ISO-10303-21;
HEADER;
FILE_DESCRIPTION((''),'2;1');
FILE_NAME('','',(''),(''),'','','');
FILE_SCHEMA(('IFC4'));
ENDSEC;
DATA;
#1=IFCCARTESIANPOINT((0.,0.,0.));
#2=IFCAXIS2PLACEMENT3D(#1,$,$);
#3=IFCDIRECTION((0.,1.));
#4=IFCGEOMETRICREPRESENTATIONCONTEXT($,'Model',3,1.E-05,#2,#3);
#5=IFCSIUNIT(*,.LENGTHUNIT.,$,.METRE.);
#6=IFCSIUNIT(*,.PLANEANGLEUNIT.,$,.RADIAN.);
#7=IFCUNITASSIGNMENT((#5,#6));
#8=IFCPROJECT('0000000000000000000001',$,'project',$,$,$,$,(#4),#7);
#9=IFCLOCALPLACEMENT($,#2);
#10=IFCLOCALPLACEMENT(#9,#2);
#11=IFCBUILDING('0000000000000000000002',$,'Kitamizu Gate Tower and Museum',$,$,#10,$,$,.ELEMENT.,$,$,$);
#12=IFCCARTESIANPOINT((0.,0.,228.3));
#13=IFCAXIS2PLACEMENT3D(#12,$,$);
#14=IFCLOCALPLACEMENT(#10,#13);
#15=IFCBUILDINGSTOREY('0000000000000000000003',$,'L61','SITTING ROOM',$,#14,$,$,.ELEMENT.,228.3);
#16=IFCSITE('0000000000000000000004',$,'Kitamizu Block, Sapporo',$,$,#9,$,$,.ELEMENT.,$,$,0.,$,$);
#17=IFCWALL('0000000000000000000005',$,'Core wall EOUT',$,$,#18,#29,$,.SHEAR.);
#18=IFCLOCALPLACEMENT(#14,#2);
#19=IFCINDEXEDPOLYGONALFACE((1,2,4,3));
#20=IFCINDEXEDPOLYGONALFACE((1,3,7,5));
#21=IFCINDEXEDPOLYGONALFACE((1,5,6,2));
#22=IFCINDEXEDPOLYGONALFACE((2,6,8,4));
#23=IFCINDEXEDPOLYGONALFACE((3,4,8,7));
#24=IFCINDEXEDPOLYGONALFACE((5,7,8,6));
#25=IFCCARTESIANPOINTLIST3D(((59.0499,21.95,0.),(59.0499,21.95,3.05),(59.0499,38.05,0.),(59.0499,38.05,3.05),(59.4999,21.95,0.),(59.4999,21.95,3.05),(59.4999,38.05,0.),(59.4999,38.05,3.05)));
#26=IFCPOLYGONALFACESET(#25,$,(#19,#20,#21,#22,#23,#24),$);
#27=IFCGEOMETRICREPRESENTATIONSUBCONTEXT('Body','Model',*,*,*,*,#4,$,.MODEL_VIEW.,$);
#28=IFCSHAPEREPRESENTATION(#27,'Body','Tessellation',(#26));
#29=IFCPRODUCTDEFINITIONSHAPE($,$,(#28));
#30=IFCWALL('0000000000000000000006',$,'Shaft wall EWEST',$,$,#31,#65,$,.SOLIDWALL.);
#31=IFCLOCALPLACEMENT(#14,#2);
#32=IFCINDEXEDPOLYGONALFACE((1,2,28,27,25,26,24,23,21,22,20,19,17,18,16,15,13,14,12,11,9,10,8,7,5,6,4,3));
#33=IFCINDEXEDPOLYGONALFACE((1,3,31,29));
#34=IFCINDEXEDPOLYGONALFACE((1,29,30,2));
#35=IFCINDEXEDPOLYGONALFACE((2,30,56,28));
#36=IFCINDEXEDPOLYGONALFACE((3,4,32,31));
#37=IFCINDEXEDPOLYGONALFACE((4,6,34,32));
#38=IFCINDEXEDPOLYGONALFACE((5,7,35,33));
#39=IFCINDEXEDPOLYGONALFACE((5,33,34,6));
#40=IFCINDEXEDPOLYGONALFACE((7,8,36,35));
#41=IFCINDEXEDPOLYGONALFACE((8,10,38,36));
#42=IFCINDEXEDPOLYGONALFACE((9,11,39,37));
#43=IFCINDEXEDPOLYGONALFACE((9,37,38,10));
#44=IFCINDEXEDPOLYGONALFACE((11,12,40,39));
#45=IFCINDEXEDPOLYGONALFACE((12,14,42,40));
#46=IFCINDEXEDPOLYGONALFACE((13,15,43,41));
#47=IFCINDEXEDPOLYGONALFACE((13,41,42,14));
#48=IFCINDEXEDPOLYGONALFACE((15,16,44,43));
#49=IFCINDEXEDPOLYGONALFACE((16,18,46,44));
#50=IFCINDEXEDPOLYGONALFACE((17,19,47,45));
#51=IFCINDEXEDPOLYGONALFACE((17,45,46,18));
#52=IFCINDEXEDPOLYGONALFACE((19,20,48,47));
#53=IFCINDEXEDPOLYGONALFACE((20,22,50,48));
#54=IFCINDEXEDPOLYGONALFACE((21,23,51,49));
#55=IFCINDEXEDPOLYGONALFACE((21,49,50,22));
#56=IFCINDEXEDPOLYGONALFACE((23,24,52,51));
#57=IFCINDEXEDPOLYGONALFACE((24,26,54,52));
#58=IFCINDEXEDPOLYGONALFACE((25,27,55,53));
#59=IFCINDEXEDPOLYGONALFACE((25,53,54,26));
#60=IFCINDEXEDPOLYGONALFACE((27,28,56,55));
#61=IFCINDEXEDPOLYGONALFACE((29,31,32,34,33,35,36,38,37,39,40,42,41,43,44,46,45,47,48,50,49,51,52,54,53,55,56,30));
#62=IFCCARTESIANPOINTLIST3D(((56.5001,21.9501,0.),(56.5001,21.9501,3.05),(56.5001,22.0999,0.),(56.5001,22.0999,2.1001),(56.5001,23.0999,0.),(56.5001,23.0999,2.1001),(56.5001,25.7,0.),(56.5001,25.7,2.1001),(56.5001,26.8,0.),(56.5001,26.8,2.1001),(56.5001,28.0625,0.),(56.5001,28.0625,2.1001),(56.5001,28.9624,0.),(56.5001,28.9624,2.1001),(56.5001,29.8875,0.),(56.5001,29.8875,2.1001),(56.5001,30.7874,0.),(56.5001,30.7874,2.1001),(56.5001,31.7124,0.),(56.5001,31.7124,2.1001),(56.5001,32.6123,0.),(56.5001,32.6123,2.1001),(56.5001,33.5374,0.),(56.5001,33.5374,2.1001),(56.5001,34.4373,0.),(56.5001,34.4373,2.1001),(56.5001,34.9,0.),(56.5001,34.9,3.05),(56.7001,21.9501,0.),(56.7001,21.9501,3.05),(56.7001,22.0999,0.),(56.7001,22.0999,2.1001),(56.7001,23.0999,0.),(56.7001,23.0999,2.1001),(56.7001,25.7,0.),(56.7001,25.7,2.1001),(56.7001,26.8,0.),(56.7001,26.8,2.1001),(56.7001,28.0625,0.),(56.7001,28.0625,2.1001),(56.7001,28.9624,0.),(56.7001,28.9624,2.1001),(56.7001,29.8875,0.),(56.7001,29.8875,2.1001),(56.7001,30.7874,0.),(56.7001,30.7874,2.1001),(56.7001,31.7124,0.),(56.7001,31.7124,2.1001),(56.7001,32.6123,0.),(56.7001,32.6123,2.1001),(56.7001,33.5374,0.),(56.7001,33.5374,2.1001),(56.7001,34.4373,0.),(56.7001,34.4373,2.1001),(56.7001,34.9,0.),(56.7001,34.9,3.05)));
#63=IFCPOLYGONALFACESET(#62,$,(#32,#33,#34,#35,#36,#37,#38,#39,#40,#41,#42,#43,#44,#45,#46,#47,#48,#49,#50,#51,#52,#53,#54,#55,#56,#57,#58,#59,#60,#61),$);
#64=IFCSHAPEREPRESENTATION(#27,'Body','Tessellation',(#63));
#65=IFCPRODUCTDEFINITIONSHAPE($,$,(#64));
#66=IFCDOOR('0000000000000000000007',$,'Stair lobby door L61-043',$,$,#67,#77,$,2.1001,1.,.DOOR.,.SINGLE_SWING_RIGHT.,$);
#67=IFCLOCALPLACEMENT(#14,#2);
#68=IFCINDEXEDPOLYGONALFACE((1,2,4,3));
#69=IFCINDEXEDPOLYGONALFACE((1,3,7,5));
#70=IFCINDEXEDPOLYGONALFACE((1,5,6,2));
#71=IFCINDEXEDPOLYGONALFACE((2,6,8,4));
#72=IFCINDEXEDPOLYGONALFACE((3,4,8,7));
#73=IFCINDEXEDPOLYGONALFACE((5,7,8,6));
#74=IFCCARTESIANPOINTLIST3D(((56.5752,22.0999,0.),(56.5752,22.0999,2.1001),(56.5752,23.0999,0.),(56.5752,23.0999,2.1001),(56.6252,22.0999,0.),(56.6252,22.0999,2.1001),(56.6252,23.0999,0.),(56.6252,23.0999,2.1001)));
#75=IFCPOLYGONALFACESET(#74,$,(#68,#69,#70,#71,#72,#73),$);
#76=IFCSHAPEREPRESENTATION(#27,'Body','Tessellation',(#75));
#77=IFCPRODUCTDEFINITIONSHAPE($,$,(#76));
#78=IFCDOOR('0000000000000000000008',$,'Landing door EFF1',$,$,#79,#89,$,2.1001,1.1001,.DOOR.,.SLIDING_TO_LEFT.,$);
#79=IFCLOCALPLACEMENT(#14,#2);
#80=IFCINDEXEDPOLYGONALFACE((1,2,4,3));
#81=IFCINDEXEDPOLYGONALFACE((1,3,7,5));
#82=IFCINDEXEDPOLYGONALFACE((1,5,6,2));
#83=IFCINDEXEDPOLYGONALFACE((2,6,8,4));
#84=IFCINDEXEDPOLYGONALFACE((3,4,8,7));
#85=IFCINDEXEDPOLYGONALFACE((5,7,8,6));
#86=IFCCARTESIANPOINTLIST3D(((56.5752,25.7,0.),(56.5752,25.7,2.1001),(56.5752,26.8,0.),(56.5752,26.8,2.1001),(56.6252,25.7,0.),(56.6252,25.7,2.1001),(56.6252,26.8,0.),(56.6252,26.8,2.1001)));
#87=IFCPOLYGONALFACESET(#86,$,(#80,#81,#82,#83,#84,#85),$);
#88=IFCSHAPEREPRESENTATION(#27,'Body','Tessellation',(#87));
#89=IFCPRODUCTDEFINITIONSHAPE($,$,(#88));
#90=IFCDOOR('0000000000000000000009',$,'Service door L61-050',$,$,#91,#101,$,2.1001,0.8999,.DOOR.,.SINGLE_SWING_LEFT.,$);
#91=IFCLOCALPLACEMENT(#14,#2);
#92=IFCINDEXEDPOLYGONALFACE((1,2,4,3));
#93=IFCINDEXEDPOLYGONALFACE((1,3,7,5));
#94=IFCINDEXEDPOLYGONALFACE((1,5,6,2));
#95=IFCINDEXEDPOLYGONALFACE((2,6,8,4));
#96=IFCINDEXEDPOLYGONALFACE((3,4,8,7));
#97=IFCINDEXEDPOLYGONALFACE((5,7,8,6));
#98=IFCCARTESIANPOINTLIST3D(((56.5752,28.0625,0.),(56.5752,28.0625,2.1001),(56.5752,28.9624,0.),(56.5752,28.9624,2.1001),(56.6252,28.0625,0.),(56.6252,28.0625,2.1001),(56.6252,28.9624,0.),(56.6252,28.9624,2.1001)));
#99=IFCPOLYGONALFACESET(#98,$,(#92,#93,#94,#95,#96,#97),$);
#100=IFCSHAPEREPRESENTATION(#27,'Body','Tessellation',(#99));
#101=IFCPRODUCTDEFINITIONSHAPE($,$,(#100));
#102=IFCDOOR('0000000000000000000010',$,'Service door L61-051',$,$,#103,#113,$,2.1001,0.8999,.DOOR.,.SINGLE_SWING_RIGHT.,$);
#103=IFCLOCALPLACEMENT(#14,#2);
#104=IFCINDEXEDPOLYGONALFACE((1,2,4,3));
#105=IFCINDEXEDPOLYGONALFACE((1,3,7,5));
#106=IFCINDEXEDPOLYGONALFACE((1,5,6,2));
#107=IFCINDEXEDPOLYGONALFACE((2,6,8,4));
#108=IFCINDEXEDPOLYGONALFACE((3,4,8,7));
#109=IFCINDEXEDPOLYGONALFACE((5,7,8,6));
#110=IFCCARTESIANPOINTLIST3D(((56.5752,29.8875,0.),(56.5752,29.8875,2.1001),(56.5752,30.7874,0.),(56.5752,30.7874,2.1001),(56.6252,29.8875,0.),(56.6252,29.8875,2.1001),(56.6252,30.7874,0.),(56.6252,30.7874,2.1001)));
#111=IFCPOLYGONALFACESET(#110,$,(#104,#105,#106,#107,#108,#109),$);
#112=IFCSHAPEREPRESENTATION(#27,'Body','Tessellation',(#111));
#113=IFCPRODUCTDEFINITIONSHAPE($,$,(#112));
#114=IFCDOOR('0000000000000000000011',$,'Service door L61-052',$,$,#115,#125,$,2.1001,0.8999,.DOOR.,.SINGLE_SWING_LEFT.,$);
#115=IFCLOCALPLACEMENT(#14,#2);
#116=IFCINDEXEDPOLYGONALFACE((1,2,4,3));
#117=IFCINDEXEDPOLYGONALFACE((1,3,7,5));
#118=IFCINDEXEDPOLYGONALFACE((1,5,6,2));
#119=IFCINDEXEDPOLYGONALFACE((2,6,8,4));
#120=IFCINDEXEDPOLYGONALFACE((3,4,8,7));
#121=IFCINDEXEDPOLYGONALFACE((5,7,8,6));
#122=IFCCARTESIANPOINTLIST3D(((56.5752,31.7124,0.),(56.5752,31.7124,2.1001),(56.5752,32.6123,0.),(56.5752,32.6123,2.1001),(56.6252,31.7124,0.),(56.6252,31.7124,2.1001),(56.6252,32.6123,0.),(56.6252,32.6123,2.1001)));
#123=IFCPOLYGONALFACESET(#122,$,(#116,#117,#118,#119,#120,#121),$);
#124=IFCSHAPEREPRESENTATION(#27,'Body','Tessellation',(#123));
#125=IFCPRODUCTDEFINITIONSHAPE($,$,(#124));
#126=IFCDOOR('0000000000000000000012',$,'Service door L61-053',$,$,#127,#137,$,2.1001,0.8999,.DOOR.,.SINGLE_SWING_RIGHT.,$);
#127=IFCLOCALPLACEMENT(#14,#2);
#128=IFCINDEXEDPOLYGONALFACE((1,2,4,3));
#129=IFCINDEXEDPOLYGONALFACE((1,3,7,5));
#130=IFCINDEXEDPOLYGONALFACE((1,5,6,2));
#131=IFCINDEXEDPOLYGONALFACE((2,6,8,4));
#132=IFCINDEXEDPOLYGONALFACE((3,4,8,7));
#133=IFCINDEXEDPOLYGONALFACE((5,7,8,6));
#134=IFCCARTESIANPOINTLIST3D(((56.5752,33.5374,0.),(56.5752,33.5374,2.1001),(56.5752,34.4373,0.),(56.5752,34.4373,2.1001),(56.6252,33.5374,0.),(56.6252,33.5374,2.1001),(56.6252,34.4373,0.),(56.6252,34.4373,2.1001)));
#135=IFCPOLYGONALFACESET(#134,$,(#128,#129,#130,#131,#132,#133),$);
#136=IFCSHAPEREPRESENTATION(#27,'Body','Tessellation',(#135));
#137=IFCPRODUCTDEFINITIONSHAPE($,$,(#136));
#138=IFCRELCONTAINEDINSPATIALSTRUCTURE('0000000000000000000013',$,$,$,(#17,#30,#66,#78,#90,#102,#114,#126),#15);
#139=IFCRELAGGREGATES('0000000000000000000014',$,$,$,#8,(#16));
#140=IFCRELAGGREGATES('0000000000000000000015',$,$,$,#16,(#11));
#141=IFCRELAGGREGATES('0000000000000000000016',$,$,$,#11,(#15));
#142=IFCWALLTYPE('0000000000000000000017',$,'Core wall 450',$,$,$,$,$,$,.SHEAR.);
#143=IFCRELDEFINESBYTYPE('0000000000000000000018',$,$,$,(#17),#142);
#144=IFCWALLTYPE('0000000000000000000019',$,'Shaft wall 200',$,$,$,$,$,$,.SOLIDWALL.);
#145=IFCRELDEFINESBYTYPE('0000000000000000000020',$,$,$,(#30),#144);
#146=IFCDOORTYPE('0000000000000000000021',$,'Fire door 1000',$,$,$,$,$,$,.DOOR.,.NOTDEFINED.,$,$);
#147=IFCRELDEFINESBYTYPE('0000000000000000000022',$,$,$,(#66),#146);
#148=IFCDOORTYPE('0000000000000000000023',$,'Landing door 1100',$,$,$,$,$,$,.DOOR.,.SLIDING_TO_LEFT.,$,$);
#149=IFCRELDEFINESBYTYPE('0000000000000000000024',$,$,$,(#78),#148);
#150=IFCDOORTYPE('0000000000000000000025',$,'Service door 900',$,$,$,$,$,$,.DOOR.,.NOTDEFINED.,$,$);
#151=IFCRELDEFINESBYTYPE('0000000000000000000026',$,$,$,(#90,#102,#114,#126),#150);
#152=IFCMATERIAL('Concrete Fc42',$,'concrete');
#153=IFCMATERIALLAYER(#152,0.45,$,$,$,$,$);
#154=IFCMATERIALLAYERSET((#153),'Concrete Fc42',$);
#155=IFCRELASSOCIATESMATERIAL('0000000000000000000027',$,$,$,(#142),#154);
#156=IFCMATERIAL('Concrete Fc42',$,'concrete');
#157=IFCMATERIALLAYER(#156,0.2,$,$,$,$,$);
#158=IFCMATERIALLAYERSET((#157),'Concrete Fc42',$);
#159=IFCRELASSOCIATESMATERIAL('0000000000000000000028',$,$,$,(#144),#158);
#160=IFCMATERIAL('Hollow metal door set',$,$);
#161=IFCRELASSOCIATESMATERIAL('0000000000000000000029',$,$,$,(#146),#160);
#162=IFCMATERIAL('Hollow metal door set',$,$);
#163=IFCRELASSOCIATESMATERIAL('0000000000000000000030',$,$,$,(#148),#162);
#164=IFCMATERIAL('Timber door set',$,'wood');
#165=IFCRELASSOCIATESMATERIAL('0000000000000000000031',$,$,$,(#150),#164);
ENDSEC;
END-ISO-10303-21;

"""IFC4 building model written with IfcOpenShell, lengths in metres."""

from ifc_helpers import new_model, si_unit, direction, frame, frame_2d, origin, place, context, subcontext, project, spatial, rectangle, extrude, material, layer, layer_set, type_object, element, fill, save


model = new_model("IFC4")

# Units and contexts
model_context = context("Model", 3, precision=1e-05, world=origin(), true_north=direction((0.0, 1.0)))
body_context = subcontext(model_context, "Body", "Model", "MODEL_VIEW")
ifc_project = project(units=[si_unit("LENGTHUNIT", "METRE"), si_unit("PLANEANGLEUNIT", "RADIAN")], contexts=[model_context])

# Site, building, storey
site_placement = place(None, origin())
site = spatial("IfcSite", under=ifc_project, at=site_placement, Name="Kitamizu Block, Sapporo", CompositionType="ELEMENT", RefElevation=0.0)
building_placement = place(site_placement, origin())
building = spatial("IfcBuilding", under=site, at=building_placement, Name="Kitamizu Gate Tower and Museum", CompositionType="ELEMENT")
storey_placement = place(building_placement, frame((0.0, 0.0, 228.3)))
storey = spatial("IfcBuildingStorey", under=building, at=storey_placement, Name="L61", Description="SITTING ROOM", CompositionType="ELEMENT", Elevation=228.3)

# Wall
ifc_material_1 = material(Name="Concrete Fc42", Category="concrete")
ifc_layer_1 = layer(ifc_material_1, 0.45)
ifc_layer_set_1 = layer_set([ifc_layer_1], Name="Concrete Fc42")
wall_type_1 = type_object("IfcWallType", Name="Core wall 450", PredefinedType="SHEAR", material=ifc_layer_set_1)
wall_1_placement = place(storey_placement, frame((59.2749, 21.95, 0.0), z_axis=(0.0, 0.0, 1.0), x_axis=(0.0, 1.0, 0.0)))
element("IfcWall", 1, at=wall_1_placement, inside=storey, type_object=wall_type_1, Name="Core wall EOUT", PredefinedType="SHEAR", context=body_context, shape_type="SweptSolid", body=[
    extrude(rectangle(XDim=16.1001, YDim=0.45, at=frame_2d((8.05, 0.0))), origin(), (0.0, 0.0, 1.0), 3.05),
])

# Wall, openings, doors
ifc_material_2 = material(Name="Concrete Fc42", Category="concrete")
ifc_layer_2 = layer(ifc_material_2, 0.2)
ifc_layer_set_2 = layer_set([ifc_layer_2], Name="Concrete Fc42")
wall_type_2 = type_object("IfcWallType", Name="Shaft wall 200", PredefinedType="SOLIDWALL", material=ifc_layer_set_2)
wall_2_placement = place(storey_placement, frame((56.6001, 21.95, 0.0), z_axis=(0.0, 0.0, 1.0), x_axis=(0.0, 1.0, 0.0)))
wall_2 = element("IfcWall", 2, at=wall_2_placement, inside=storey, type_object=wall_type_2, Name="Shaft wall EWEST", PredefinedType="SOLIDWALL", context=body_context, shape_type="SweptSolid", body=[
    extrude(rectangle(XDim=12.95, YDim=0.2, at=frame_2d((6.4751, 0.0))), origin(), (0.0, 0.0, 1.0), 3.05),
])
opening_1_placement = place(wall_2_placement, frame((3.75, 0.0, 0.0)))
opening_1 = element("IfcOpeningElement", 3, at=opening_1_placement, cuts=wall_2, PredefinedType="OPENING", context=body_context, shape_type="SweptSolid", body=[
    extrude(rectangle(XDim=1.1001, YDim=2.1001, at=frame_2d((0.55, 1.05))), frame((0.0, 0.1099, 0.0), z_axis=(0.0, -1.0, 0.0), x_axis=(1.0, 0.0, 0.0)), (0.0, 0.0, 1.0), 0.22),
])
opening_2_placement = place(wall_2_placement, frame((0.1499, 0.0, 0.0)))
opening_2 = element("IfcOpeningElement", 4, at=opening_2_placement, cuts=wall_2, PredefinedType="OPENING", context=body_context, shape_type="SweptSolid", body=[
    extrude(rectangle(XDim=1.0, YDim=2.1001, at=frame_2d((0.5, 1.05))), frame((0.0, 0.1099, 0.0), z_axis=(0.0, -1.0, 0.0), x_axis=(1.0, 0.0, 0.0)), (0.0, 0.0, 1.0), 0.22),
])
opening_3_placement = place(wall_2_placement, frame((6.1125, 0.0, 0.0)))
opening_3 = element("IfcOpeningElement", 5, at=opening_3_placement, cuts=wall_2, PredefinedType="OPENING", context=body_context, shape_type="SweptSolid", body=[
    extrude(rectangle(XDim=0.8999, YDim=2.1001, at=frame_2d((0.45, 1.05))), frame((0.0, 0.1099, 0.0), z_axis=(0.0, -1.0, 0.0), x_axis=(1.0, 0.0, 0.0)), (0.0, 0.0, 1.0), 0.22),
])
opening_4_placement = place(wall_2_placement, frame((7.9375, 0.0, 0.0)))
opening_4 = element("IfcOpeningElement", 6, at=opening_4_placement, cuts=wall_2, PredefinedType="OPENING", context=body_context, shape_type="SweptSolid", body=[
    extrude(rectangle(XDim=0.8999, YDim=2.1001, at=frame_2d((0.45, 1.05))), frame((0.0, 0.1099, 0.0), z_axis=(0.0, -1.0, 0.0), x_axis=(1.0, 0.0, 0.0)), (0.0, 0.0, 1.0), 0.22),
])
opening_5_placement = place(wall_2_placement, frame((9.7625, 0.0, 0.0)))
opening_5 = element("IfcOpeningElement", 7, at=opening_5_placement, cuts=wall_2, PredefinedType="OPENING", context=body_context, shape_type="SweptSolid", body=[
    extrude(rectangle(XDim=0.8999, YDim=2.1001, at=frame_2d((0.45, 1.05))), frame((0.0, 0.1099, 0.0), z_axis=(0.0, -1.0, 0.0), x_axis=(1.0, 0.0, 0.0)), (0.0, 0.0, 1.0), 0.22),
])
opening_6_placement = place(wall_2_placement, frame((11.5874, 0.0, 0.0)))
opening_6 = element("IfcOpeningElement", 8, at=opening_6_placement, cuts=wall_2, PredefinedType="OPENING", context=body_context, shape_type="SweptSolid", body=[
    extrude(rectangle(XDim=0.8999, YDim=2.1001, at=frame_2d((0.45, 1.05))), frame((0.0, 0.1099, 0.0), z_axis=(0.0, -1.0, 0.0), x_axis=(1.0, 0.0, 0.0)), (0.0, 0.0, 1.0), 0.22),
])
ifc_material_3 = material(Name="Hollow metal door set")
door_type_1 = type_object("IfcDoorType", Name="Fire door 1000", OperationType="NOTDEFINED", PredefinedType="DOOR", material=ifc_material_3)
door_1_placement = place(opening_2_placement, origin())
door_1 = element("IfcDoor", 9, at=door_1_placement, inside=storey, type_object=door_type_1, Name="Stair lobby door L61-043", OperationType="SINGLE_SWING_RIGHT", OverallHeight=2.1001, OverallWidth=1.0, PredefinedType="DOOR", context=body_context, shape_type="SweptSolid", body=[
    extrude(rectangle(XDim=1.0, YDim=2.1001, at=frame_2d((0.5, 1.05))), frame((0.0, 0.0249, 0.0), z_axis=(0.0, -1.0, 0.0), x_axis=(1.0, 0.0, 0.0)), (0.0, 0.0, 1.0), 0.05),
])
fill(opening_2, door_1)
ifc_material_4 = material(Name="Hollow metal door set")
door_type_2 = type_object("IfcDoorType", Name="Landing door 1100", OperationType="SLIDING_TO_LEFT", PredefinedType="DOOR", material=ifc_material_4)
door_2_placement = place(opening_1_placement, origin())
door_2 = element("IfcDoor", 10, at=door_2_placement, inside=storey, type_object=door_type_2, Name="Landing door EFF1", OperationType="SLIDING_TO_LEFT", OverallHeight=2.1001, OverallWidth=1.1001, PredefinedType="DOOR", context=body_context, shape_type="SweptSolid", body=[
    extrude(rectangle(XDim=1.1001, YDim=2.1001, at=frame_2d((0.55, 1.05))), frame((0.0, 0.0249, 0.0), z_axis=(0.0, -1.0, 0.0), x_axis=(1.0, 0.0, 0.0)), (0.0, 0.0, 1.0), 0.05),
])
fill(opening_1, door_2)
ifc_material_5 = material(Name="Timber door set", Category="wood")
door_type_3 = type_object("IfcDoorType", Name="Service door 900", OperationType="NOTDEFINED", PredefinedType="DOOR", material=ifc_material_5)
door_3_placement = place(opening_3_placement, origin())
door_3 = element("IfcDoor", 11, at=door_3_placement, inside=storey, type_object=door_type_3, Name="Service door L61-050", OperationType="SINGLE_SWING_LEFT", OverallHeight=2.1001, OverallWidth=0.8999, PredefinedType="DOOR", context=body_context, shape_type="SweptSolid", body=[
    extrude(rectangle(XDim=0.8999, YDim=2.1001, at=frame_2d((0.45, 1.05))), frame((0.0, 0.0249, 0.0), z_axis=(0.0, -1.0, 0.0), x_axis=(1.0, 0.0, 0.0)), (0.0, 0.0, 1.0), 0.05),
])
fill(opening_3, door_3)
door_4_placement = place(opening_4_placement, origin())
door_4 = element("IfcDoor", 12, at=door_4_placement, inside=storey, type_object=door_type_3, Name="Service door L61-051", OperationType="SINGLE_SWING_RIGHT", OverallHeight=2.1001, OverallWidth=0.8999, PredefinedType="DOOR", context=body_context, shape_type="SweptSolid", body=[
    extrude(rectangle(XDim=0.8999, YDim=2.1001, at=frame_2d((0.45, 1.05))), frame((0.0, 0.0249, 0.0), z_axis=(0.0, -1.0, 0.0), x_axis=(1.0, 0.0, 0.0)), (0.0, 0.0, 1.0), 0.05),
])
fill(opening_4, door_4)
door_5_placement = place(opening_5_placement, origin())
door_5 = element("IfcDoor", 13, at=door_5_placement, inside=storey, type_object=door_type_3, Name="Service door L61-052", OperationType="SINGLE_SWING_LEFT", OverallHeight=2.1001, OverallWidth=0.8999, PredefinedType="DOOR", context=body_context, shape_type="SweptSolid", body=[
    extrude(rectangle(XDim=0.8999, YDim=2.1001, at=frame_2d((0.45, 1.05))), frame((0.0, 0.0249, 0.0), z_axis=(0.0, -1.0, 0.0), x_axis=(1.0, 0.0, 0.0)), (0.0, 0.0, 1.0), 0.05),
])
fill(opening_5, door_5)
door_6_placement = place(opening_6_placement, origin())
door_6 = element("IfcDoor", 14, at=door_6_placement, inside=storey, type_object=door_type_3, Name="Service door L61-053", OperationType="SINGLE_SWING_RIGHT", OverallHeight=2.1001, OverallWidth=0.8999, PredefinedType="DOOR", context=body_context, shape_type="SweptSolid", body=[
    extrude(rectangle(XDim=0.8999, YDim=2.1001, at=frame_2d((0.45, 1.05))), frame((0.0, 0.0249, 0.0), z_axis=(0.0, -1.0, 0.0), x_axis=(1.0, 0.0, 0.0)), (0.0, 0.0, 1.0), 0.05),
])
fill(opening_6, door_6)

save(model, "model.ifc")
